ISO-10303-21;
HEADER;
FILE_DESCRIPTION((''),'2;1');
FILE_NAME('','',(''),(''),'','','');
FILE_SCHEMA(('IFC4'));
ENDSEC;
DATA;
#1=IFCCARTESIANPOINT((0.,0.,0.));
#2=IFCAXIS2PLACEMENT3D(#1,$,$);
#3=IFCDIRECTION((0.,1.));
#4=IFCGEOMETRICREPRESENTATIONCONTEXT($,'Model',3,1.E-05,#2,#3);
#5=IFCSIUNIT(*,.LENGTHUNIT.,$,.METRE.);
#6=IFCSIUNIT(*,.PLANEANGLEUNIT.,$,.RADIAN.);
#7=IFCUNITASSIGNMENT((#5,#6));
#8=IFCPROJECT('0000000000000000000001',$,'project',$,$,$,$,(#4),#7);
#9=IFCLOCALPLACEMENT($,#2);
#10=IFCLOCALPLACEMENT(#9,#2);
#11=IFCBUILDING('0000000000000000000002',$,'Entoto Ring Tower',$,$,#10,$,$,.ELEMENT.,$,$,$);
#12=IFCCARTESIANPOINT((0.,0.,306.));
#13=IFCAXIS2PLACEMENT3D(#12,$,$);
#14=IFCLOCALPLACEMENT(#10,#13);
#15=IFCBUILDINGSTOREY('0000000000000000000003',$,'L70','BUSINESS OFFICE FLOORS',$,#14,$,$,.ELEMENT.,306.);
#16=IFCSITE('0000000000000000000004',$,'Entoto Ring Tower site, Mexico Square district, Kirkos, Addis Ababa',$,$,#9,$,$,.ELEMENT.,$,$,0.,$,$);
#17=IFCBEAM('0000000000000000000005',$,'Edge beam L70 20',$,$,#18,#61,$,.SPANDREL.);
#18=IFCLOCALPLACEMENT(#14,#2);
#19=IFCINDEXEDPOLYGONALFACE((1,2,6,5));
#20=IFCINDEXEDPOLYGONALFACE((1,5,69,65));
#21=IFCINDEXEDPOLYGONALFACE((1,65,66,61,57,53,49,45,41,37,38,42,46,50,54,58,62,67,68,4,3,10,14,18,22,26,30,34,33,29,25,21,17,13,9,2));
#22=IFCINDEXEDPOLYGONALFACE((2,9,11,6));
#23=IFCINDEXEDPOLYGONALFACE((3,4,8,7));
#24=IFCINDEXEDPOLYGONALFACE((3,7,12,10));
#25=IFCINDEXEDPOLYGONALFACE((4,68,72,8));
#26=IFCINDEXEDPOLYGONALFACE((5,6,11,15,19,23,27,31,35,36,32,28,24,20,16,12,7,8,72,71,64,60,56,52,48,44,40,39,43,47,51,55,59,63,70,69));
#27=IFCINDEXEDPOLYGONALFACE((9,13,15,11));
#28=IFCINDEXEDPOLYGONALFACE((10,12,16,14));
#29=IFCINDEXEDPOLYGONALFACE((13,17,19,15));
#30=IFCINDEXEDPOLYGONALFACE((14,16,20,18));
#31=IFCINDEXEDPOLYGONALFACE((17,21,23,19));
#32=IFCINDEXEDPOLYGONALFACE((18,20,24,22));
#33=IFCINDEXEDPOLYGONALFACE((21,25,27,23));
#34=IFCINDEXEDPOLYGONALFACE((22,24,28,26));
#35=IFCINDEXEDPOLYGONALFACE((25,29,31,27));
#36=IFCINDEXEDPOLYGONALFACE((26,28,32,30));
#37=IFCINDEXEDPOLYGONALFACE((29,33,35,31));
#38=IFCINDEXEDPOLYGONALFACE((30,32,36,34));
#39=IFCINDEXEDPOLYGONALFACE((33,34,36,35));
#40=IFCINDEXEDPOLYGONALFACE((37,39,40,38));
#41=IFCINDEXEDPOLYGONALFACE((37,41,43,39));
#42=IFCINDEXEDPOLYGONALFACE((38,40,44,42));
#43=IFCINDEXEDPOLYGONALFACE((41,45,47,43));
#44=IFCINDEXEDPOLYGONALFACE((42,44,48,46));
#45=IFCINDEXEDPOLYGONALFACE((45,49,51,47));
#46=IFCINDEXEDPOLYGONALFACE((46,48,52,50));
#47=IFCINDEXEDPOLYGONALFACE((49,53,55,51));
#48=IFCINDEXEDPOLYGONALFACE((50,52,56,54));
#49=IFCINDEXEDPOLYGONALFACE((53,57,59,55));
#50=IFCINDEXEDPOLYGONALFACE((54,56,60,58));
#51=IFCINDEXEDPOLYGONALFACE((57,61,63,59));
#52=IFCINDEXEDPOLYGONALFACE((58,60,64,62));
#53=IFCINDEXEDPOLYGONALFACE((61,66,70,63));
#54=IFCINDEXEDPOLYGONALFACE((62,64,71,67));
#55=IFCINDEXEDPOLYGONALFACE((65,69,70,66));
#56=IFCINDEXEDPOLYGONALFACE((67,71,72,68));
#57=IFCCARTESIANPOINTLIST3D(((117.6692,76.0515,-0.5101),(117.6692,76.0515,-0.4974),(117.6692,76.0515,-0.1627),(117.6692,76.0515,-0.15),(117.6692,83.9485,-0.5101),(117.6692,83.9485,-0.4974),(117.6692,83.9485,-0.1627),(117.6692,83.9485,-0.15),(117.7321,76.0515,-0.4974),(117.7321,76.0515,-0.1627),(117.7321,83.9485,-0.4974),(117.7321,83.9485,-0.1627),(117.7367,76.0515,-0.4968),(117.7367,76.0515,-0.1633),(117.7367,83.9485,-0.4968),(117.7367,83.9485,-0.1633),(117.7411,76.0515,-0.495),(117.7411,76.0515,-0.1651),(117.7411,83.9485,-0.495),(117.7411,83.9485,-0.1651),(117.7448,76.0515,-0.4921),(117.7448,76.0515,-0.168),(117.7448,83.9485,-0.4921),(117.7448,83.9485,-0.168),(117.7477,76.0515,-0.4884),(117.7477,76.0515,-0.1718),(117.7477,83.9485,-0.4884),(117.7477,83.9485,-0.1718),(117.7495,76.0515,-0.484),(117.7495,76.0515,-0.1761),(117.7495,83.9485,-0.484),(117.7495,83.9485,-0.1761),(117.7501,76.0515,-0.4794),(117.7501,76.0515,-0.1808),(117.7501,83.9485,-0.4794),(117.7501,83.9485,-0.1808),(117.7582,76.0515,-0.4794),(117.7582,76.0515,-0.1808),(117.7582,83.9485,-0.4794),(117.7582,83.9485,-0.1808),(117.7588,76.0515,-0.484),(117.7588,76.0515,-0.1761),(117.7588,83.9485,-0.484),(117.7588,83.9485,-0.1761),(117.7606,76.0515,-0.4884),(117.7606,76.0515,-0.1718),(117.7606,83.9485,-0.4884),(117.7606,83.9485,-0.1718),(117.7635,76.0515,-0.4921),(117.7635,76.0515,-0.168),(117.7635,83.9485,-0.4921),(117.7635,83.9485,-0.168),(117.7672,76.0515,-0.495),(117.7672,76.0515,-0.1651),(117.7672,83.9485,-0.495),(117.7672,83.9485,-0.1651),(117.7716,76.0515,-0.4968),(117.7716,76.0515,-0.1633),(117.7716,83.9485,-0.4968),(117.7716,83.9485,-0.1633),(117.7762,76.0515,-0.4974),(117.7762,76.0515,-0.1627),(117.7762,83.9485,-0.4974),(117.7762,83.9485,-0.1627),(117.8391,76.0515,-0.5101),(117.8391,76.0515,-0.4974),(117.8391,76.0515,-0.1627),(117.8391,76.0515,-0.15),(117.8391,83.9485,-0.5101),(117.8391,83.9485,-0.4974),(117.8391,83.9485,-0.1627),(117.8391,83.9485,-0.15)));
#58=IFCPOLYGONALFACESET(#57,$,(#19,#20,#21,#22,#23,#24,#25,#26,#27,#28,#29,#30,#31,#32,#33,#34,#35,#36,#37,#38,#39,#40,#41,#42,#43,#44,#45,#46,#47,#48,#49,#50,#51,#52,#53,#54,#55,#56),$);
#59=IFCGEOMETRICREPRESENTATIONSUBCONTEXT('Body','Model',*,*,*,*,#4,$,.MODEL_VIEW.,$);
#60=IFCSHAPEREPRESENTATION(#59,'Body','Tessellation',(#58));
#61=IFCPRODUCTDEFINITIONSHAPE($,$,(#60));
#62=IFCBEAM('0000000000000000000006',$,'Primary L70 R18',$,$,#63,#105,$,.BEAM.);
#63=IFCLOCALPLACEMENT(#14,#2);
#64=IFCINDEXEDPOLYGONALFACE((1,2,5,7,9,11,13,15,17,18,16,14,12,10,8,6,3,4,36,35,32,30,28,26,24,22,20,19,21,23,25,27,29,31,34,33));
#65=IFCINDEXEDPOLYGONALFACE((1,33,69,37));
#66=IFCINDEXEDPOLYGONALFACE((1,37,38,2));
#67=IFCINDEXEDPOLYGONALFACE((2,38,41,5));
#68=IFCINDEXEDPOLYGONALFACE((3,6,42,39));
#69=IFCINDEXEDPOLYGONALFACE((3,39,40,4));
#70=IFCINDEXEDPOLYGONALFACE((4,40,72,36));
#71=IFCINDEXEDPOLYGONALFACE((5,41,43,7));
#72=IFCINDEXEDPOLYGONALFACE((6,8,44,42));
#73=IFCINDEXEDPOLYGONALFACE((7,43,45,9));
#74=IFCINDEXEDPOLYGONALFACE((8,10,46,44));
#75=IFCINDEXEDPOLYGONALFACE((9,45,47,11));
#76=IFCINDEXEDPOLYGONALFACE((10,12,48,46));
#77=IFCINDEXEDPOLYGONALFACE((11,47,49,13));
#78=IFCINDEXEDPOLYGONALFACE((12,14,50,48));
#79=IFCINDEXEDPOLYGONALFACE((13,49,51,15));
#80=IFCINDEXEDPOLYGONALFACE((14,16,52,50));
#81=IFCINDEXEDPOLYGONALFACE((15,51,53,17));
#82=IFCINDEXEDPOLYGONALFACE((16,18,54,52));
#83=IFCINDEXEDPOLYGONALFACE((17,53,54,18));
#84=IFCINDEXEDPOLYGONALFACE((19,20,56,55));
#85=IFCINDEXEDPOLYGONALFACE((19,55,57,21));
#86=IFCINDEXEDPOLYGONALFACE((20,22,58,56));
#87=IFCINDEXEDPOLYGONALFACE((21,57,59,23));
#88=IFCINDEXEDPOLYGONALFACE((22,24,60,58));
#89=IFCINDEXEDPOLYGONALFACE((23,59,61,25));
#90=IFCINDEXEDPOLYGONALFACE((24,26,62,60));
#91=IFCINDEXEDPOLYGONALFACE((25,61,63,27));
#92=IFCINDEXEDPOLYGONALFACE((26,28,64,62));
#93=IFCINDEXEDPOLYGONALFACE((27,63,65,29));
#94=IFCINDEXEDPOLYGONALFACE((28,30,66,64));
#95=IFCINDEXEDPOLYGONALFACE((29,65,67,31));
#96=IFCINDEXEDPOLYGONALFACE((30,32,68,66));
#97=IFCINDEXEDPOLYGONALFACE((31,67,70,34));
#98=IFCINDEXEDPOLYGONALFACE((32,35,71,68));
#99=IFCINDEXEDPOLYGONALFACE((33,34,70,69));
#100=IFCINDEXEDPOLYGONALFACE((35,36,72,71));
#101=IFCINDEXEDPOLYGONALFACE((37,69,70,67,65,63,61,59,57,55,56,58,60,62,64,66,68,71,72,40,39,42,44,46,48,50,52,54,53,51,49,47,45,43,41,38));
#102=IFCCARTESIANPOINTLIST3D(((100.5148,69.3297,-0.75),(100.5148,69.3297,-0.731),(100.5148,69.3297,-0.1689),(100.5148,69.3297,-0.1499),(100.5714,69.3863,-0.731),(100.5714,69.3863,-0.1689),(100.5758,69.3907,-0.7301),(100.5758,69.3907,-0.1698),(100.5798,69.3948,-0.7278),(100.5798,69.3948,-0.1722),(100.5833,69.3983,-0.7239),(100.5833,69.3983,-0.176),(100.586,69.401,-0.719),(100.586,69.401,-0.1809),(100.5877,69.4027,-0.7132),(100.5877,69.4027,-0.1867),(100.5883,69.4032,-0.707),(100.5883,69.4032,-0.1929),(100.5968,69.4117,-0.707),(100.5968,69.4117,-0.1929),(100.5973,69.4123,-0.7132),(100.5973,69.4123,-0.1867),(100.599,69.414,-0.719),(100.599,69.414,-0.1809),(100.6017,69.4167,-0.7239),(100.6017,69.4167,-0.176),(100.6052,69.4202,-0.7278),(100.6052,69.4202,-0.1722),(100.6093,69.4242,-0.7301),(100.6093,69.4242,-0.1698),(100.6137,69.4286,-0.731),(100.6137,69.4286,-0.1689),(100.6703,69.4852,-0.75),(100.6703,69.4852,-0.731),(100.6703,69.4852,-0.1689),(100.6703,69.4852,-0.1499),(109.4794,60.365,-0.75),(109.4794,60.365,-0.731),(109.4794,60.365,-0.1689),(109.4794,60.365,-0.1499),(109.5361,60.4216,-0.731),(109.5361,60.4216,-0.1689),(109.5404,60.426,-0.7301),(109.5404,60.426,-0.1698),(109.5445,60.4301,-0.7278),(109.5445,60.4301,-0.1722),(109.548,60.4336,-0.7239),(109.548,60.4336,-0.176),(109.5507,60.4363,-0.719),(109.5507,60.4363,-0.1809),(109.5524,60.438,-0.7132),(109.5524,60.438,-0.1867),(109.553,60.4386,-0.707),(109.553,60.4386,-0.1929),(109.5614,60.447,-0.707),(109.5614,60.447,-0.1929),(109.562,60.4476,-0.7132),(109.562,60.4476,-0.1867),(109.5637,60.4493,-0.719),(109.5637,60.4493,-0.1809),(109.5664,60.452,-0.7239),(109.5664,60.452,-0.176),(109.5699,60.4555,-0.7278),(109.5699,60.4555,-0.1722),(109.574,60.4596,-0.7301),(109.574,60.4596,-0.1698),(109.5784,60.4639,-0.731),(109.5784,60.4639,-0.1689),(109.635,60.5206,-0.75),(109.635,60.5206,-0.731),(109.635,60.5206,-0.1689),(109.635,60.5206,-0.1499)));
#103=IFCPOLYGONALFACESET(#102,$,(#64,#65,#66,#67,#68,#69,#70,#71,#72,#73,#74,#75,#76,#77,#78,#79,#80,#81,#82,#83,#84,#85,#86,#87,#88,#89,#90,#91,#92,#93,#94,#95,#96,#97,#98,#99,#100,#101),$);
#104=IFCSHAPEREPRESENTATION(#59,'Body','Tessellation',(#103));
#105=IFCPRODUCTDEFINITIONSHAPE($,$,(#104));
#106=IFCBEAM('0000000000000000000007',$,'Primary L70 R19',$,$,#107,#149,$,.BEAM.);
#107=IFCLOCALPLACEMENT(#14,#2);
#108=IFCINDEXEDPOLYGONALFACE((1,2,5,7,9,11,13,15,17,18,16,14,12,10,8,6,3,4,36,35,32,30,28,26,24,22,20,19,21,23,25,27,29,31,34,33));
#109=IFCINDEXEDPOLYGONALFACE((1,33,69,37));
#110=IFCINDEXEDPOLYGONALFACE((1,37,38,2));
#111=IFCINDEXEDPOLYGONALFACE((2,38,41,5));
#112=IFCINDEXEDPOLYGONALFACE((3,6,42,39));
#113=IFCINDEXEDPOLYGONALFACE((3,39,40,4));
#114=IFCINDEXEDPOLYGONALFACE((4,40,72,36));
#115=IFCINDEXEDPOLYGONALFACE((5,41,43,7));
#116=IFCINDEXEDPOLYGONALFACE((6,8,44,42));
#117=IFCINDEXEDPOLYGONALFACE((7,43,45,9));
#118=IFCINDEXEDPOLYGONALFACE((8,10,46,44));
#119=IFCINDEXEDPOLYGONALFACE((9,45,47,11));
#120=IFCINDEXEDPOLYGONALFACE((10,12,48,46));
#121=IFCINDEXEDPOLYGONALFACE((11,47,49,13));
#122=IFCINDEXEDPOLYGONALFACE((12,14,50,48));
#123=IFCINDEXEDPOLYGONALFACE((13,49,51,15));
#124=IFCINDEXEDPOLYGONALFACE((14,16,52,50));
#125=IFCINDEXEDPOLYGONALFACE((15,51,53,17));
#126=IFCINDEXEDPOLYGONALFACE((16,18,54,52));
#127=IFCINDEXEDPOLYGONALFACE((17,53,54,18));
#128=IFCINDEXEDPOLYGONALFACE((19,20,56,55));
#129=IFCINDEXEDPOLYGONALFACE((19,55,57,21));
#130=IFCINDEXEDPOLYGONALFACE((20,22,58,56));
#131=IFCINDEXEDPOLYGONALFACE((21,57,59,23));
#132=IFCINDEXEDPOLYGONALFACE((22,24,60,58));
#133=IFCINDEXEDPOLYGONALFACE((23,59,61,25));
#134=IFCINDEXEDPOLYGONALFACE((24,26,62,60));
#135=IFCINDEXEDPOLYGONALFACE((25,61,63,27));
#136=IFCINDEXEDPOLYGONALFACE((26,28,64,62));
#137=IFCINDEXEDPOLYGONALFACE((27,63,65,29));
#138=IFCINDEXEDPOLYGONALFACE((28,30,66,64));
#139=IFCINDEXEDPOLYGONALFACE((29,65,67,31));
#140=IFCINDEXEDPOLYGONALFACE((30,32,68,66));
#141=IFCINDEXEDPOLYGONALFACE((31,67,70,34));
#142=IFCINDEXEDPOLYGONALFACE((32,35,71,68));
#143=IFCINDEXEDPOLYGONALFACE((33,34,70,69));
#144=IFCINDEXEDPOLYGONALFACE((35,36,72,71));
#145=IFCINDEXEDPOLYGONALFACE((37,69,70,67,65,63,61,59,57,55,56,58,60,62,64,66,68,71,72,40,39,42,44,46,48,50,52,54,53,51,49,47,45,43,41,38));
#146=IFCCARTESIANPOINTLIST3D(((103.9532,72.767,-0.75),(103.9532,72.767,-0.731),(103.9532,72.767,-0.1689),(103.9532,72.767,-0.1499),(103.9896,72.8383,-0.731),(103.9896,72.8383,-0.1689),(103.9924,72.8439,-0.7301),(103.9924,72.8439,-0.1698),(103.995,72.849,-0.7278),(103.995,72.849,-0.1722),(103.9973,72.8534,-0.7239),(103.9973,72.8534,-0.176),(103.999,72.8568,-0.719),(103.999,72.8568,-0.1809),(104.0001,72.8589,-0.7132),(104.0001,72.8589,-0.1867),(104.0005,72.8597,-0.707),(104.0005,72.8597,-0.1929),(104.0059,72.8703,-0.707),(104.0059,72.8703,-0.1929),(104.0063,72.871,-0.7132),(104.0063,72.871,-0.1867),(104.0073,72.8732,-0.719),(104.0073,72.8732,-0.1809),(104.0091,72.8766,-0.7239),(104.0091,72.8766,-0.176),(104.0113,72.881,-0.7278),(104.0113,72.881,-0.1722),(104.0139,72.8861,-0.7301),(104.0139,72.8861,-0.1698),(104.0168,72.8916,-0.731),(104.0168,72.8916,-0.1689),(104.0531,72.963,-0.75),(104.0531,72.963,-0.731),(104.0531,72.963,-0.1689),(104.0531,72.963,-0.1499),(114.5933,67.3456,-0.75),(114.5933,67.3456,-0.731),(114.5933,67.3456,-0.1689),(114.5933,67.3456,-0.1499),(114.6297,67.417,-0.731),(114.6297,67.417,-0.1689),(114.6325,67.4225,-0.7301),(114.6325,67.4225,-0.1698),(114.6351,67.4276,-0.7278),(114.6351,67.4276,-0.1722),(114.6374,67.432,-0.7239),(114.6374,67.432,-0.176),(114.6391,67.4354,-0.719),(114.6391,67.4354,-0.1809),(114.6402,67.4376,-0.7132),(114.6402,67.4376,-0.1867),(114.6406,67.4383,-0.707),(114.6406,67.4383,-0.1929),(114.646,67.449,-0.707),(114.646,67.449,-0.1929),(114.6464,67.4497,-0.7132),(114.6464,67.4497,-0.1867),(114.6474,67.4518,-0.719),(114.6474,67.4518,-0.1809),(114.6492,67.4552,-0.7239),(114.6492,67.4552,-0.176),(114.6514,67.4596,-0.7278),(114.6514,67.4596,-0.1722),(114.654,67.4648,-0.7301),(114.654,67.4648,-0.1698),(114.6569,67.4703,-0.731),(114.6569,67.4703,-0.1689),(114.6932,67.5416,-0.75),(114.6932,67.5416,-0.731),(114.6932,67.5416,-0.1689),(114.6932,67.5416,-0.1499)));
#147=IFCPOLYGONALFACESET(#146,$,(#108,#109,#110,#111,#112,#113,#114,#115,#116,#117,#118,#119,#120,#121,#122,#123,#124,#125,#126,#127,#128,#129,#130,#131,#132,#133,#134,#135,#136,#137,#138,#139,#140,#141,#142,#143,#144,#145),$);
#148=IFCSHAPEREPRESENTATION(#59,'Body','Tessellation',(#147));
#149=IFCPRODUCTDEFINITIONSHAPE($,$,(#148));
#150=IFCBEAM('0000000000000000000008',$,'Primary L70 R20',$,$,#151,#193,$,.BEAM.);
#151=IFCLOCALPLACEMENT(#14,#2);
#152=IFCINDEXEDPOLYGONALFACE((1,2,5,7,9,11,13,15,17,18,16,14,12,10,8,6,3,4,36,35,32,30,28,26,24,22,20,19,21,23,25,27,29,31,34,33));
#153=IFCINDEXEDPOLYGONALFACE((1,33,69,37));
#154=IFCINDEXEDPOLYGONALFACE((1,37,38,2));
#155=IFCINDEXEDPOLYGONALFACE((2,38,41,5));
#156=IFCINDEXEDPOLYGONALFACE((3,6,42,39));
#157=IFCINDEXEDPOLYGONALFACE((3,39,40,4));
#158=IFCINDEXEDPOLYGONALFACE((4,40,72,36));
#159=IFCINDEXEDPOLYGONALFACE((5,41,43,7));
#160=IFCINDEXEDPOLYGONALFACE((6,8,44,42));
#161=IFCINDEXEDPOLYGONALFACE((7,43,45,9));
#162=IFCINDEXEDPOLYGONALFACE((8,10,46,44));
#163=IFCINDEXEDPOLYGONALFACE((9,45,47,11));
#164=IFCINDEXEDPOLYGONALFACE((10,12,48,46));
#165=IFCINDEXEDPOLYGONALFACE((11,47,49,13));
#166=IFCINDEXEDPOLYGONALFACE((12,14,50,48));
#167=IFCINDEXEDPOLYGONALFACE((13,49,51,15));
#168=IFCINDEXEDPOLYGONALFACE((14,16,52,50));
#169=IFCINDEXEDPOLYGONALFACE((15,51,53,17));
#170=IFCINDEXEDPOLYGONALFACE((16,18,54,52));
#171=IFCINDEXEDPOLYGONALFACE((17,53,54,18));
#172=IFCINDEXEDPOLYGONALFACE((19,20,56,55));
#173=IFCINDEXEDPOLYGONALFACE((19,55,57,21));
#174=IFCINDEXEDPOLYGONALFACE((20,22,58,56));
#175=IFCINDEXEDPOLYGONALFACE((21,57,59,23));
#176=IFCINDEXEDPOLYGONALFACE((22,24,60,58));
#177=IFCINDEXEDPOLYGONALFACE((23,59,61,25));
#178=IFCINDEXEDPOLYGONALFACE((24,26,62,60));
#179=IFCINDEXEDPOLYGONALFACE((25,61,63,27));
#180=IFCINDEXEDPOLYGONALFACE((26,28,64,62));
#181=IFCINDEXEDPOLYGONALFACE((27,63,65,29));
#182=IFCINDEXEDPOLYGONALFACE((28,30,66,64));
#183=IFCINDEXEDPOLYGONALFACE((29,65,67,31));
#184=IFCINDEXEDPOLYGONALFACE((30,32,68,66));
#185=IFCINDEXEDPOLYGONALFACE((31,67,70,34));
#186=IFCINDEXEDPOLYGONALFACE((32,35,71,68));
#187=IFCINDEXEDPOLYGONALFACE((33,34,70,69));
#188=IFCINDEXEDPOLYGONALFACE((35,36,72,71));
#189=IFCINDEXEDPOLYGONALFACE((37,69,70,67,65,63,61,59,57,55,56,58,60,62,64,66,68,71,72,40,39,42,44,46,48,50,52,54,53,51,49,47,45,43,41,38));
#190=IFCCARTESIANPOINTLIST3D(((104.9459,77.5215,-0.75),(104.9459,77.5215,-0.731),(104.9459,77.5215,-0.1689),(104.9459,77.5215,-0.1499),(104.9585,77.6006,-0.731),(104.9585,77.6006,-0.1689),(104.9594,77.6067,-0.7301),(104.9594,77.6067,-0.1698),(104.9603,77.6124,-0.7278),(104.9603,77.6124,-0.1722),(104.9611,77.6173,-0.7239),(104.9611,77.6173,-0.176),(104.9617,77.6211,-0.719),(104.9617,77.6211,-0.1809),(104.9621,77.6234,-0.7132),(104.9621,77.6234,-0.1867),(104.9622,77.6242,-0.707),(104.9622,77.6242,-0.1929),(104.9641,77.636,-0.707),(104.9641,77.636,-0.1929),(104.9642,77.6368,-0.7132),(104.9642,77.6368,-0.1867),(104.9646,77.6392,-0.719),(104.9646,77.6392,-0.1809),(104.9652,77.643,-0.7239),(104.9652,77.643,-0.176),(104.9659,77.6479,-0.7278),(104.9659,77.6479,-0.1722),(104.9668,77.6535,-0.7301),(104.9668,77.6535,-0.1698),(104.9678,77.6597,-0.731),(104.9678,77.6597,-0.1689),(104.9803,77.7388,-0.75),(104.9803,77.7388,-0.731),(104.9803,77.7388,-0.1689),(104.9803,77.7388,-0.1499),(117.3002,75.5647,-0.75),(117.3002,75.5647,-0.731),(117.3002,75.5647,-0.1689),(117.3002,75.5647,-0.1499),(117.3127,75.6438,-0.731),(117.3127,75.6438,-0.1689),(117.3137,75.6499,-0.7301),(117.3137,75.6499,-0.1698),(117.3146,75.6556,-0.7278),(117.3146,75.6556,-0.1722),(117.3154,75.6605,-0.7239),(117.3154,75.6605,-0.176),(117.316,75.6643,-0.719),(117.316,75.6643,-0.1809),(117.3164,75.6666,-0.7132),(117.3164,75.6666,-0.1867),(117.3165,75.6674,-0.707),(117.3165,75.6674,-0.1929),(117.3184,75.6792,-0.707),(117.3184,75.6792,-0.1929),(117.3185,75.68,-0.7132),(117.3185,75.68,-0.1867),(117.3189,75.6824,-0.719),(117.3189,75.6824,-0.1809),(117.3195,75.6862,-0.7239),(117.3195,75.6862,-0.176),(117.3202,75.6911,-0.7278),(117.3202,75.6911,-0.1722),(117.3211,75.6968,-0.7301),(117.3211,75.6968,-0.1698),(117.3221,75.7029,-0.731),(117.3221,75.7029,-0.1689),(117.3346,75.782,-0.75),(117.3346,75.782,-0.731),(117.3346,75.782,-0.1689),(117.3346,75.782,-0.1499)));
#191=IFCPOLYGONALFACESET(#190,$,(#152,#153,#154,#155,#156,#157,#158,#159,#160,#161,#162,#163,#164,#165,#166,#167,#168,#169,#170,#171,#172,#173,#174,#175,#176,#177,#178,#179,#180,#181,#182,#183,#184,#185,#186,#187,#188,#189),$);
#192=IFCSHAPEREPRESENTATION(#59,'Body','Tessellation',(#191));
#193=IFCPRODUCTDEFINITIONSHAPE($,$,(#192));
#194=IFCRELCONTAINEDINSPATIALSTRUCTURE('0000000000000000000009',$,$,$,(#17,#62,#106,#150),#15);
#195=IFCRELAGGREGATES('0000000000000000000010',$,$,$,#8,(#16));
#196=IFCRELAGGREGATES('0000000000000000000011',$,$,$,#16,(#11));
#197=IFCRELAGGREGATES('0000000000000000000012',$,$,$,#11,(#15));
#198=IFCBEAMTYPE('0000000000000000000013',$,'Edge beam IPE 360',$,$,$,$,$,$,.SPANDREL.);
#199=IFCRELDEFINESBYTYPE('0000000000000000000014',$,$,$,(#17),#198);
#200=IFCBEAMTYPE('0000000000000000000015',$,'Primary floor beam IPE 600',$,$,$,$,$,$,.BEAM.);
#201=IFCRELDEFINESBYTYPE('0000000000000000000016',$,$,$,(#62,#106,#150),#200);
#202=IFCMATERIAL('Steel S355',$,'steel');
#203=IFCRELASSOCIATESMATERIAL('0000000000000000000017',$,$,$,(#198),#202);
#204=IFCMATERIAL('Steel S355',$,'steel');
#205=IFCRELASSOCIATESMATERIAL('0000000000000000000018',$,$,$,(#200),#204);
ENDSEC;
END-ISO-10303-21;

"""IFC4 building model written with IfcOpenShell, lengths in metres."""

from ifc_helpers import new_model, si_unit, direction, frame, origin, origin_2d, place, context, subcontext, project, spatial, i_section, extrude, material, material_profile, profile_set, type_object, element, save


model = new_model("IFC4")

# Units and contexts
model_context = context("Model", 3, precision=1e-05, world=origin(), true_north=direction((0.0, 1.0)))
body_context = subcontext(model_context, "Body", "Model", "MODEL_VIEW")
ifc_project = project(units=[si_unit("LENGTHUNIT", "METRE"), si_unit("PLANEANGLEUNIT", "RADIAN")], contexts=[model_context])

# Site, building, storey
site_placement = place(None, origin())
site = spatial("IfcSite", under=ifc_project, at=site_placement, Name="Entoto Ring Tower site, Mexico Square district, Kirkos, Addis Ababa", CompositionType="ELEMENT", RefElevation=0.0)
building_placement = place(site_placement, origin())
building = spatial("IfcBuilding", under=site, at=building_placement, Name="Entoto Ring Tower", CompositionType="ELEMENT")
storey_placement = place(building_placement, frame((0.0, 0.0, 306.0)))
storey = spatial("IfcBuildingStorey", under=building, at=storey_placement, Name="L70", Description="BUSINESS OFFICE FLOORS", CompositionType="ELEMENT", Elevation=306.0)

# Beams
ifc_material_1 = material(Name="Steel S355", Category="steel")
ifc_material_profile_1 = material_profile(ifc_material_1, i_section(OverallWidth=0.1699, OverallDepth=0.3601, WebThickness=0.0081, FlangeThickness=0.0127, FilletRadius=0.0181, at=origin_2d()), Name="IPE 360")
ifc_profile_set_1 = profile_set([ifc_material_profile_1], Name="Steel S355")
beam_type_1 = type_object("IfcBeamType", Name="Edge beam IPE 360", PredefinedType="SPANDREL", material=ifc_profile_set_1)
for number, where, z_axis, x_axis, name in (
    (1, (117.7542, 76.0515, -0.3301), (0.0, 1.0, 0.0), (-1.0, 0.0, 0.0), "Edge beam L70 20"),
):
    element("IfcBeam", number, at=place(storey_placement, frame(where, z_axis=z_axis, x_axis=x_axis)), inside=storey, type_object=beam_type_1, Name=name, PredefinedType="SPANDREL", context=body_context, shape_type="SweptSolid", body=[
        extrude(i_section(OverallWidth=0.1699, OverallDepth=0.3601, WebThickness=0.0081, FlangeThickness=0.0127, FilletRadius=0.0181, at=origin_2d()), origin(), (0.0, 0.0, 1.0), 7.897),
    ])
ifc_material_2 = material(Name="Steel S355", Category="steel")
ifc_material_profile_2 = material_profile(ifc_material_2, i_section(OverallWidth=0.22, OverallDepth=0.6001, WebThickness=0.012, FlangeThickness=0.019, FilletRadius=0.0239, at=origin_2d()), Name="IPE 600")
ifc_profile_set_2 = profile_set([ifc_material_profile_2], Name="Steel S355")
beam_type_2 = type_object("IfcBeamType", Name="Primary floor beam IPE 600", PredefinedType="BEAM", material=ifc_profile_set_2)
beam_1_placement = place(storey_placement, frame((100.5925, 69.4075, -0.45), z_axis=(0.707107, -0.707107, 0.0), x_axis=(0.707107, 0.707107, 0.0)))
element("IfcBeam", 2, at=beam_1_placement, inside=storey, type_object=beam_type_2, Name="Primary L70 R18", PredefinedType="BEAM", context=body_context, shape_type="SweptSolid", body=[
    extrude(i_section(OverallWidth=0.22, OverallDepth=0.6001, WebThickness=0.012, FlangeThickness=0.019, FilletRadius=0.0239, at=origin_2d()), origin(), (0.0, 0.0, 1.0), 12.678),
])
beam_2_placement = place(storey_placement, frame((104.0032, 72.865, -0.45), z_axis=(0.891008, -0.453988, 0.0), x_axis=(0.453988, 0.891008, 0.0)))
element("IfcBeam", 3, at=beam_2_placement, inside=storey, type_object=beam_type_2, Name="Primary L70 R19", PredefinedType="BEAM", context=body_context, shape_type="SweptSolid", body=[
    extrude(i_section(OverallWidth=0.22, OverallDepth=0.6001, WebThickness=0.012, FlangeThickness=0.019, FilletRadius=0.0239, at=origin_2d()), origin(), (0.0, 0.0, 1.0), 11.9417),
])
beam_3_placement = place(storey_placement, frame((104.9631, 77.6301, -0.45), z_axis=(0.987688, -0.15644, 0.0), x_axis=(0.15644, 0.987688, 0.0)))
element("IfcBeam", 4, at=beam_3_placement, inside=storey, type_object=beam_type_2, Name="Primary L70 R20", PredefinedType="BEAM", context=body_context, shape_type="SweptSolid", body=[
    extrude(i_section(OverallWidth=0.22, OverallDepth=0.6001, WebThickness=0.012, FlangeThickness=0.019, FilletRadius=0.0239, at=origin_2d()), origin(), (0.0, 0.0, 1.0), 12.5083),
])

save(model, "model.ifc")
